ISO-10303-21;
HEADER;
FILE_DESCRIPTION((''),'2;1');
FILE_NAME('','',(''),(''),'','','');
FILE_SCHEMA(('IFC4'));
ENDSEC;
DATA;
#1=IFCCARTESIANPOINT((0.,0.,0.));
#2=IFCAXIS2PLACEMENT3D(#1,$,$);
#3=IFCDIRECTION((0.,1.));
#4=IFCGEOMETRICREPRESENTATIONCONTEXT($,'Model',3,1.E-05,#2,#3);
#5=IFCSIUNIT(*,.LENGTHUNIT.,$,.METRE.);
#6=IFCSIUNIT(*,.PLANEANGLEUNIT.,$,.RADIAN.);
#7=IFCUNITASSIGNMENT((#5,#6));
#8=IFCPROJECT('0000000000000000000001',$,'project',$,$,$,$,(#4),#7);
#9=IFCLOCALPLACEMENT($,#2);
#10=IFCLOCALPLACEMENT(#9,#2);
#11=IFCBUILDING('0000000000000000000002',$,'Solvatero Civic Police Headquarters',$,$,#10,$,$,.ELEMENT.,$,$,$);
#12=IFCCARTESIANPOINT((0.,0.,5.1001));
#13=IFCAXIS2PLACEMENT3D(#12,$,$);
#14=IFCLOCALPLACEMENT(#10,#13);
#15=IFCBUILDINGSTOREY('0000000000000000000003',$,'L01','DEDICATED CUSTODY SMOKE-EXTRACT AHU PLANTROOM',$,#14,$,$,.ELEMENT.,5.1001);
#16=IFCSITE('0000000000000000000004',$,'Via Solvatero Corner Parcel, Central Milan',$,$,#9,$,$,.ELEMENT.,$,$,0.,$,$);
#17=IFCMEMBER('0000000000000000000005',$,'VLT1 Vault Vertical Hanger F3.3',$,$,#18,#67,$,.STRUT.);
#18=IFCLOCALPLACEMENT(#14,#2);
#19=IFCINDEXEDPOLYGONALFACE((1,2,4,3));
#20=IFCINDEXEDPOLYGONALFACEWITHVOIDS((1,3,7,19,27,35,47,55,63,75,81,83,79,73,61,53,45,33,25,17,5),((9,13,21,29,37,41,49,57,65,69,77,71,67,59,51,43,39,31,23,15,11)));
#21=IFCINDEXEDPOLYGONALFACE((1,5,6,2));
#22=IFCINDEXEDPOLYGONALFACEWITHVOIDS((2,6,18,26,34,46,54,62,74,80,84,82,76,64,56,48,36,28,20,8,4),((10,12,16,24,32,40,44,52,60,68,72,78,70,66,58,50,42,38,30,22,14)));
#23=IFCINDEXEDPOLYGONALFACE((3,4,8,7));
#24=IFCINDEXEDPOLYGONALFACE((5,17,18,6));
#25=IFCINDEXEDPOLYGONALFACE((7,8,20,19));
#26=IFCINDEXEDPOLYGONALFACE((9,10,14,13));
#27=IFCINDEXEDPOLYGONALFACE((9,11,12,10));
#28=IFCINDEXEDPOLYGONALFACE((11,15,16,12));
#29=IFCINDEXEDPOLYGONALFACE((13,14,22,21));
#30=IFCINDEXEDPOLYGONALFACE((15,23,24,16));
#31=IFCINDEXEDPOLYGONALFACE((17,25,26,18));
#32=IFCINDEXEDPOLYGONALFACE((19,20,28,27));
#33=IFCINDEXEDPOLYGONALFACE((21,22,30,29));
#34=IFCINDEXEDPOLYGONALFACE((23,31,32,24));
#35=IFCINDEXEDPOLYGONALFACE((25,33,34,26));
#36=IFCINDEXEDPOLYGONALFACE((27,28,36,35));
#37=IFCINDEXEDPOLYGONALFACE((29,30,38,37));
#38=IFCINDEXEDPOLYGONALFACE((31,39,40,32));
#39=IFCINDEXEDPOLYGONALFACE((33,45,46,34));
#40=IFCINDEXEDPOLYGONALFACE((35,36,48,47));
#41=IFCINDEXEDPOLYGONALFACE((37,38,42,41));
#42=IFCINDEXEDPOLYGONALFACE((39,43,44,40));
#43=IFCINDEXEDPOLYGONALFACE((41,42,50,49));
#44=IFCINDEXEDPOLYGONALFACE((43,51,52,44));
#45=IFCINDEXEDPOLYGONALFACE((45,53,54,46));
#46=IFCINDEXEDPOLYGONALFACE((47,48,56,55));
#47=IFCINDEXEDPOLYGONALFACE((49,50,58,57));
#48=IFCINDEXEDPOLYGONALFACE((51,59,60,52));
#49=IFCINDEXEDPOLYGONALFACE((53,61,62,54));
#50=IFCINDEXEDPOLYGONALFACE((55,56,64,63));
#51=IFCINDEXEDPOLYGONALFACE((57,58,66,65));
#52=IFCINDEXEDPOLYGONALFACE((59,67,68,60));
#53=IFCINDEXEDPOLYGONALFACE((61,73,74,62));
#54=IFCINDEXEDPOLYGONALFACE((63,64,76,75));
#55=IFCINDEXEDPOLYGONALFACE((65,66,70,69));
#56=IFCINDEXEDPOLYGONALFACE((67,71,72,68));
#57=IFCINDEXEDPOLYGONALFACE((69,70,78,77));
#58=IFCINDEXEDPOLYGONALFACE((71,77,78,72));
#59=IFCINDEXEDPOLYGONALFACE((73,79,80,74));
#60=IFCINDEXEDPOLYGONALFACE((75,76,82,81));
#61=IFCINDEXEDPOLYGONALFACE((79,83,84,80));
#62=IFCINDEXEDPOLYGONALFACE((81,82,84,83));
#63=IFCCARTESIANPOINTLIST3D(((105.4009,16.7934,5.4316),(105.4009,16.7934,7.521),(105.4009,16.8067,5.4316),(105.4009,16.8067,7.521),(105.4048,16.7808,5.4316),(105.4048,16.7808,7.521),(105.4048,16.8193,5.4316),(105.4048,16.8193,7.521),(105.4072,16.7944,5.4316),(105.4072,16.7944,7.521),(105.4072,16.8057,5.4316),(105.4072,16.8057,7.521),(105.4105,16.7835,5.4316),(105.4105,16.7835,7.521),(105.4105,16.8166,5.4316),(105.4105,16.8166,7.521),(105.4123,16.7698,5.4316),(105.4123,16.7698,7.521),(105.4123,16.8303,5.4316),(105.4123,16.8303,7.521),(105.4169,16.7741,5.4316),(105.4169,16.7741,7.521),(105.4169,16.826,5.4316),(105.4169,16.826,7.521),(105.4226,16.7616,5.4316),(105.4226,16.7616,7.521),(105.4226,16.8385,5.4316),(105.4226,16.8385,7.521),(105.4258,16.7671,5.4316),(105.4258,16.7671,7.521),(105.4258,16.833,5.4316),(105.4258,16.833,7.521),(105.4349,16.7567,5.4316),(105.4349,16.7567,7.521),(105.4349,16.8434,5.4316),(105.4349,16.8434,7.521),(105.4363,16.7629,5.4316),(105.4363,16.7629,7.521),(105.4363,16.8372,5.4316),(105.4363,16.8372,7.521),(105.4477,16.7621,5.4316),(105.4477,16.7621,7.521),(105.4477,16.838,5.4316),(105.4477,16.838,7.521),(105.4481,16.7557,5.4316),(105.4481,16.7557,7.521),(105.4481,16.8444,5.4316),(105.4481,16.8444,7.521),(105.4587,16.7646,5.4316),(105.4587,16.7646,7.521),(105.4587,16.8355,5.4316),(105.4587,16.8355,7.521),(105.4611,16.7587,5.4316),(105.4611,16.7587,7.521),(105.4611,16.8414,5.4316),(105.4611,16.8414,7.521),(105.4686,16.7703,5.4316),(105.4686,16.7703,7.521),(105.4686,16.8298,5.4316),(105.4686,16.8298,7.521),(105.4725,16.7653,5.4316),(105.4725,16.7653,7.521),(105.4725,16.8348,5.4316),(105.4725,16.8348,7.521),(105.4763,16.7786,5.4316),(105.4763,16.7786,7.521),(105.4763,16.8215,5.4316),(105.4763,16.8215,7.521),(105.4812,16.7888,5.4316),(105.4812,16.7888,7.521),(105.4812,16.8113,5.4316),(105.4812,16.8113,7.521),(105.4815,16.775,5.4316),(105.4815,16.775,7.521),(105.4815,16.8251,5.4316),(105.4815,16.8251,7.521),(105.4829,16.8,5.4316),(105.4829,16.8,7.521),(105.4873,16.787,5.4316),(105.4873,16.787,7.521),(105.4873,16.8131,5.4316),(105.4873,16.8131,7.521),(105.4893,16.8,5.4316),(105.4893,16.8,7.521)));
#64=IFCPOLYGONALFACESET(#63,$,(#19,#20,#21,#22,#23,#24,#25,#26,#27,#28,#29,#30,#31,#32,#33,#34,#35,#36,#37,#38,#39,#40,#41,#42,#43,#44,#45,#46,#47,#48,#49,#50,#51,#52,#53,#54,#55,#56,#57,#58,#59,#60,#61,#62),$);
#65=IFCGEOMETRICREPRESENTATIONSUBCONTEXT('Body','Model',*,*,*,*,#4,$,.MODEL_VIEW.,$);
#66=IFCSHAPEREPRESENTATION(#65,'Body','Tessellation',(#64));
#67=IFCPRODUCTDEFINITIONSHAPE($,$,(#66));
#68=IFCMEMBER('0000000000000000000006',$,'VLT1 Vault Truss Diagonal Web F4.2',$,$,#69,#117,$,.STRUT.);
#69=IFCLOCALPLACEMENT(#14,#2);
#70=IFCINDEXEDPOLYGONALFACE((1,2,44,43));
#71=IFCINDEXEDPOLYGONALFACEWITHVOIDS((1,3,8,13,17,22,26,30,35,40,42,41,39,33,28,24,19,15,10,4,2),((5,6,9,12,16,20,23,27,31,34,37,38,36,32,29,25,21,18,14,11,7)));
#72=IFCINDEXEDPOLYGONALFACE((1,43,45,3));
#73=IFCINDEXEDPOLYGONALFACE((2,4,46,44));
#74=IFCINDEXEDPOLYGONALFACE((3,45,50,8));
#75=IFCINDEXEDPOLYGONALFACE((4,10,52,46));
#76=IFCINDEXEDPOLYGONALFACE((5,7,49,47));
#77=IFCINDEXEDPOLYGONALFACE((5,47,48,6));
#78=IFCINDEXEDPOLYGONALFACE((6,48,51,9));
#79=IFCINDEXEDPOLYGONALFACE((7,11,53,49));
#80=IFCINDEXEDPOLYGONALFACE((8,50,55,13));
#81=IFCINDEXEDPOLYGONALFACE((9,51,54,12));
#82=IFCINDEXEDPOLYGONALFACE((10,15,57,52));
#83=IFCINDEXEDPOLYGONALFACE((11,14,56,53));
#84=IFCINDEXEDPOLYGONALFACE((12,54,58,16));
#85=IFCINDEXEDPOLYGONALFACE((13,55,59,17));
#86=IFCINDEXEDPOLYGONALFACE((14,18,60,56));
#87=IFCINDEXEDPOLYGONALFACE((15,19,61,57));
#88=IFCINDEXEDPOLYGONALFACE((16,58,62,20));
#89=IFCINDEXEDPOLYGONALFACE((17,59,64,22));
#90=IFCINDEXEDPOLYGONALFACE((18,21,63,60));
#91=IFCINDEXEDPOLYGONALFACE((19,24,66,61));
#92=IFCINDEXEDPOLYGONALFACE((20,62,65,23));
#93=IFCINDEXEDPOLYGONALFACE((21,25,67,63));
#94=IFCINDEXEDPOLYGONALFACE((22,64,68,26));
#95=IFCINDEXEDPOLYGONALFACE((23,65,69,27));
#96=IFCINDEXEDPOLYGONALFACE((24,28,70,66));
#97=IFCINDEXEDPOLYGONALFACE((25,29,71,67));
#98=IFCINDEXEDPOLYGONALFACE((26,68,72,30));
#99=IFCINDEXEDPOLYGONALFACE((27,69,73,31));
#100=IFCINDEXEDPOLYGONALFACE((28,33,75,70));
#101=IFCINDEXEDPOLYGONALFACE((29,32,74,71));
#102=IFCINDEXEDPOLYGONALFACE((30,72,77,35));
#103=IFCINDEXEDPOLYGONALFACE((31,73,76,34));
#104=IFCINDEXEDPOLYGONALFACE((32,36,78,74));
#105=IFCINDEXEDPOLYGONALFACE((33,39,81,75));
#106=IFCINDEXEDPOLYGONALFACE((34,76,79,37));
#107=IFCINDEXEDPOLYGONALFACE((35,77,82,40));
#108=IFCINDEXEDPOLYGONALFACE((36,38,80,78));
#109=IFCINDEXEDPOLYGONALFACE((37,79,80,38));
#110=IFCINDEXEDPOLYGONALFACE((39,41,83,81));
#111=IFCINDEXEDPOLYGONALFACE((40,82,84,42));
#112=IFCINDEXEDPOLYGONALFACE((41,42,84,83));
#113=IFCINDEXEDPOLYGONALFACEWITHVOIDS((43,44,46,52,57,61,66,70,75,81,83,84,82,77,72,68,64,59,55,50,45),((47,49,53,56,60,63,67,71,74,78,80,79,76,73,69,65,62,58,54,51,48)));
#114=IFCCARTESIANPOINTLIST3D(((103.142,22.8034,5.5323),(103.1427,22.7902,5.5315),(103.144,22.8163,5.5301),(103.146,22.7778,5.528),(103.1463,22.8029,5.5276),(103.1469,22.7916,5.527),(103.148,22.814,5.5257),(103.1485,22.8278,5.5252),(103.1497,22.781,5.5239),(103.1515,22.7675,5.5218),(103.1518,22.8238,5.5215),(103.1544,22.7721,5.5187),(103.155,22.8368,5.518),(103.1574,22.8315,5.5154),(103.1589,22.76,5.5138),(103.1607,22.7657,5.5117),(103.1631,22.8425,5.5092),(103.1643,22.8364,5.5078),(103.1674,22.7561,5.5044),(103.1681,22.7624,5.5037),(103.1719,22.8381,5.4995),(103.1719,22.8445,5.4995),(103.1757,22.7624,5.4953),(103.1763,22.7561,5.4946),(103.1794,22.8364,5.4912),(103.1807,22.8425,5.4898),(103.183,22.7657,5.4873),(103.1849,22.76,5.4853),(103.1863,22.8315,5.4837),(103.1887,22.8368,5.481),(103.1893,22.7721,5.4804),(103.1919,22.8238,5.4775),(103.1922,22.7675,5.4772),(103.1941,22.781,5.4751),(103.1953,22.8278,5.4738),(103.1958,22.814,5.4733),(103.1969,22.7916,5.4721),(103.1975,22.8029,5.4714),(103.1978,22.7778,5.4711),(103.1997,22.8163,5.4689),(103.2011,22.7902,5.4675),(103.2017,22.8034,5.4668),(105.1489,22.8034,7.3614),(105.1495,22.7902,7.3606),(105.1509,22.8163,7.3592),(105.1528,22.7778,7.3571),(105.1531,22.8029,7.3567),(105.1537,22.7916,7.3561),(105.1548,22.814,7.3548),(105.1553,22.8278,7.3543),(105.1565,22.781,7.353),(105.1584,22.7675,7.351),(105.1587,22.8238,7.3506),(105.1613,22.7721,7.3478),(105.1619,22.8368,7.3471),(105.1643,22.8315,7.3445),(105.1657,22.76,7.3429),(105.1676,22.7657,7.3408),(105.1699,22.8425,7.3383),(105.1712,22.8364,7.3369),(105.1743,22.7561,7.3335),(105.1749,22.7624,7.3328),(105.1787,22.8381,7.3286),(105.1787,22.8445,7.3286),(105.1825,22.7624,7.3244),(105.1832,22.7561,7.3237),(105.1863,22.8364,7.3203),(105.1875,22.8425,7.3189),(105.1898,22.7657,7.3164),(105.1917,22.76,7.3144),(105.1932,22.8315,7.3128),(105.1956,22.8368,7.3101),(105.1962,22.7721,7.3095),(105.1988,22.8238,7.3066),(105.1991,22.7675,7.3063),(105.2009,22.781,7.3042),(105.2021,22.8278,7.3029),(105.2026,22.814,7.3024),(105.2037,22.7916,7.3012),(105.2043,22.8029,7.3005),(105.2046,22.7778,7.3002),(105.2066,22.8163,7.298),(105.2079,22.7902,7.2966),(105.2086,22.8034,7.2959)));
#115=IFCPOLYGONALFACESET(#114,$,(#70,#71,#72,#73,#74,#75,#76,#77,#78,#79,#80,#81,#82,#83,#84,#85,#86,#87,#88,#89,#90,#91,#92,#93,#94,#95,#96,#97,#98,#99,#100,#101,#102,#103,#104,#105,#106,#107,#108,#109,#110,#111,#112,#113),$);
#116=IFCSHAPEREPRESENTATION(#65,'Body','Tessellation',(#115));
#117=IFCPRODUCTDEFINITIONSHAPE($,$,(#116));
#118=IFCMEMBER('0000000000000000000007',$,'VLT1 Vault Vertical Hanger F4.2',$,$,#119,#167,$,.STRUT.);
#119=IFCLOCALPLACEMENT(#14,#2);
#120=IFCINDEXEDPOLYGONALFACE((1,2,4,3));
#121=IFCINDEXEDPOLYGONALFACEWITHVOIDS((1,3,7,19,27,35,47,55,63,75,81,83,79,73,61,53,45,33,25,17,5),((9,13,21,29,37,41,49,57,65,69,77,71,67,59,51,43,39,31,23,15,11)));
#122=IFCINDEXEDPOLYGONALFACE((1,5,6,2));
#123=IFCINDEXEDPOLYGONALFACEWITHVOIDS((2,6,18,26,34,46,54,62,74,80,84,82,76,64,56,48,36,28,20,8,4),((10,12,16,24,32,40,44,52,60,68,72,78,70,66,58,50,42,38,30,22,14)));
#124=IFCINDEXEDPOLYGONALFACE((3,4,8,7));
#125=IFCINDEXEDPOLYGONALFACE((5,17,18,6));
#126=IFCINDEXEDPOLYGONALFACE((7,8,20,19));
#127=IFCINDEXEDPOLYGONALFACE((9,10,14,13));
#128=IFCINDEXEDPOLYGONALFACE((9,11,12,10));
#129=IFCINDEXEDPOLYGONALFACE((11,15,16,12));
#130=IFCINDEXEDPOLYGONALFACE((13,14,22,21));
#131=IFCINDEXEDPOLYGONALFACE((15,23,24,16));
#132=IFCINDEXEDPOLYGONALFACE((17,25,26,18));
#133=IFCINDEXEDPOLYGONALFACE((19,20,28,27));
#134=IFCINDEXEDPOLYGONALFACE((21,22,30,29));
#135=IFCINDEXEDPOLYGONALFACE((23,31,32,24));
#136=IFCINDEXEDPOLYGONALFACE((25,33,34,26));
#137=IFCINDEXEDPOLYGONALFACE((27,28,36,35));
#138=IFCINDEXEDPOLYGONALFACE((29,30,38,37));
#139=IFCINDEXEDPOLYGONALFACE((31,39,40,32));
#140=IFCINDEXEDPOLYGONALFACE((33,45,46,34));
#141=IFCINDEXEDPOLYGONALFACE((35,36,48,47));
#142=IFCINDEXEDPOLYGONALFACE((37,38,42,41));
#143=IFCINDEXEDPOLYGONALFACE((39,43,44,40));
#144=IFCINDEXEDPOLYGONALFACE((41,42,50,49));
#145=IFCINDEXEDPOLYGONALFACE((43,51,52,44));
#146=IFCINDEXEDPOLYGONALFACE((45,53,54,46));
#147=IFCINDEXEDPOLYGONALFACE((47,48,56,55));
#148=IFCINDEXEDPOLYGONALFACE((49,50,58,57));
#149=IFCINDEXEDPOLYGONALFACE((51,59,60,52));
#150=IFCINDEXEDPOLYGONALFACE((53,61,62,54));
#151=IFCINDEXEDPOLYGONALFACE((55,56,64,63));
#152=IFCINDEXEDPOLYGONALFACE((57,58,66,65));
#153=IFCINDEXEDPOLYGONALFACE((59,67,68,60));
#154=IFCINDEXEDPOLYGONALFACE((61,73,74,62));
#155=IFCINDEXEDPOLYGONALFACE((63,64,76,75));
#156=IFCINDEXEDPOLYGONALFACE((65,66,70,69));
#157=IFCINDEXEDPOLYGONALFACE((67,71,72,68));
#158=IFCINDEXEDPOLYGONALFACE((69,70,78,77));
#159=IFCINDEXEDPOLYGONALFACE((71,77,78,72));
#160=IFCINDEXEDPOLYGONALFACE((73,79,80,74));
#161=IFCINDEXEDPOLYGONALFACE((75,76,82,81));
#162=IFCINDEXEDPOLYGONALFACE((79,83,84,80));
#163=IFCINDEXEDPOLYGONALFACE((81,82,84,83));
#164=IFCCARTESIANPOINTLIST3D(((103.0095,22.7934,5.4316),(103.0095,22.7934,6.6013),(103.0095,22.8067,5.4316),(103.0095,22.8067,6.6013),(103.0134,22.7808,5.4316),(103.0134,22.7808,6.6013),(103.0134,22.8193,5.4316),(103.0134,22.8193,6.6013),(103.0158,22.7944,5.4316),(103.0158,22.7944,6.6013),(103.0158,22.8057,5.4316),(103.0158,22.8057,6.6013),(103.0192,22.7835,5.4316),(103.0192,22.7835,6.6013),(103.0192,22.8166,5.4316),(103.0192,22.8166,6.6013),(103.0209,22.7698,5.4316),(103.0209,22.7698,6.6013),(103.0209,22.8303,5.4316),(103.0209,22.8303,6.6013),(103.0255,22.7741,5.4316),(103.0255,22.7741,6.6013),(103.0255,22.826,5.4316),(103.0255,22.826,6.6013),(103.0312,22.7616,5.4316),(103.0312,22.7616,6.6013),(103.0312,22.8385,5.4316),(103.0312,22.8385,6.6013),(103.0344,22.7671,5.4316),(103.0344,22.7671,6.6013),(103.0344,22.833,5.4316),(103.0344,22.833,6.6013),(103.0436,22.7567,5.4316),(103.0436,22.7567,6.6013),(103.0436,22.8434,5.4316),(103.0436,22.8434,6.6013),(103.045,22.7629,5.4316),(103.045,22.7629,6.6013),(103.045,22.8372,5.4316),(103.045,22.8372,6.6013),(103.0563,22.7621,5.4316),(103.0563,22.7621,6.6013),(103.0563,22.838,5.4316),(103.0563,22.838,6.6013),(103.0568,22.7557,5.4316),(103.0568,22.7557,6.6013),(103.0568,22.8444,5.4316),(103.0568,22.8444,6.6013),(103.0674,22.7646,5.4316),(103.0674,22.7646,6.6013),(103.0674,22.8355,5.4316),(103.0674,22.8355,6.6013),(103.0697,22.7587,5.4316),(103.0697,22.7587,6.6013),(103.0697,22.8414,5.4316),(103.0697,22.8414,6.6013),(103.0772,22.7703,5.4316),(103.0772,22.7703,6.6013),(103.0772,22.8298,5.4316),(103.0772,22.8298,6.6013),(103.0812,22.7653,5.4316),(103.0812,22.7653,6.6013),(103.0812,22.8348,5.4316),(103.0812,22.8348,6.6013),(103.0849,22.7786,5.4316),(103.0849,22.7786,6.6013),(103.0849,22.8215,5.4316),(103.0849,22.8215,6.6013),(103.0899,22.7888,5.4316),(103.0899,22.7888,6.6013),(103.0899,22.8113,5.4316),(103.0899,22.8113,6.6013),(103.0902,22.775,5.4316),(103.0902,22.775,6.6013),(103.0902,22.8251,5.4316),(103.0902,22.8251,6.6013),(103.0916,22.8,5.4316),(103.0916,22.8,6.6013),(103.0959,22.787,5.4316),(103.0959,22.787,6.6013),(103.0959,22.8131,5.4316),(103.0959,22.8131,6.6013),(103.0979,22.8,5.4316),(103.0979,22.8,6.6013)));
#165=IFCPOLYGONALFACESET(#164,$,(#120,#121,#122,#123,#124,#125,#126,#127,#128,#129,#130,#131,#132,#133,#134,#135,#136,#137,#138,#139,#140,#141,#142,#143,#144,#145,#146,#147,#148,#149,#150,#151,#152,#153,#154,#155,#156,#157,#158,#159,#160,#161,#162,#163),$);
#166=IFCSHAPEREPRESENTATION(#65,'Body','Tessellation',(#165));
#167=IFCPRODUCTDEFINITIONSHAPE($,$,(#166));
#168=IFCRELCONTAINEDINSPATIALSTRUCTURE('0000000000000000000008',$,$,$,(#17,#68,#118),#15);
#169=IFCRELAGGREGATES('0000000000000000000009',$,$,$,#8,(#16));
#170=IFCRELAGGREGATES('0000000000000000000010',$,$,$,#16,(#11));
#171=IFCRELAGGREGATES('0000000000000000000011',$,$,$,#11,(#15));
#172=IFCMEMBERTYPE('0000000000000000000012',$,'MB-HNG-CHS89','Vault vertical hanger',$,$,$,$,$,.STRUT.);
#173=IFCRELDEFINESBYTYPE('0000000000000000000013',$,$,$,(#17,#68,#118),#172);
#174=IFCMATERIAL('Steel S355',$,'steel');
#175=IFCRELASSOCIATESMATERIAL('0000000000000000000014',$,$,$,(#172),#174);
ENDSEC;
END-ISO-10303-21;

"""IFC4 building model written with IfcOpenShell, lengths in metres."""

from ifc_helpers import new_model, si_unit, direction, frame, origin, origin_2d, place, context, subcontext, project, spatial, hollow_circle, extrude, material, material_profile, profile_set, type_object, element, save


model = new_model("IFC4")

# Units and contexts
model_context = context("Model", 3, precision=1e-05, world=origin(), true_north=direction((0.0, 1.0)))
body_context = subcontext(model_context, "Body", "Model", "MODEL_VIEW")
ifc_project = project(units=[si_unit("LENGTHUNIT", "METRE"), si_unit("PLANEANGLEUNIT", "RADIAN")], contexts=[model_context])

# Site, building, storey
site_placement = place(None, origin())
site = spatial("IfcSite", under=ifc_project, at=site_placement, Name="Via Solvatero Corner Parcel, Central Milan", CompositionType="ELEMENT", RefElevation=0.0)
building_placement = place(site_placement, origin())
building = spatial("IfcBuilding", under=site, at=building_placement, Name="Solvatero Civic Police Headquarters", CompositionType="ELEMENT")
storey_placement = place(building_placement, frame((0.0, 0.0, 5.1001)))
storey = spatial("IfcBuildingStorey", under=building, at=storey_placement, Name="L01", Description="DEDICATED CUSTODY SMOKE-EXTRACT AHU PLANTROOM", CompositionType="ELEMENT", Elevation=5.1001)

# Shared definitions
ifc_material = material(Name="Steel S355", Category="steel")

# Members
ifc_material_profile_1 = material_profile(ifc_material, hollow_circle(Radius=0.0444, WallThickness=0.0063, at=origin_2d()), Name="CHS 88.9x6.3")
ifc_profile_set_1 = profile_set([ifc_material_profile_1], Name="Steel S355")
member_type_1 = type_object("IfcMemberType", Name="MB-HNG-CHS89", Description="Vault vertical hanger", PredefinedType="STRUT", material=ifc_profile_set_1)
member_1_placement = place(storey_placement, frame((105.4448, 16.8, 5.4316), z_axis=(0.0, 0.0, 1.0), x_axis=(1.0, 0.0, 0.0)))
element("IfcMember", 1, at=member_1_placement, inside=storey, type_object=member_type_1, Name="VLT1 Vault Vertical Hanger F3.3", PredefinedType="STRUT", context=body_context, shape_type="SweptSolid", body=[
    extrude(hollow_circle(Radius=0.0444, WallThickness=0.0063, at=origin_2d()), origin(), (0.0, 0.0, 1.0), 2.0894),
])
member_2_placement = place(storey_placement, frame((103.1719, 22.8, 5.4995), z_axis=(0.739077, 0.0, 0.673621), x_axis=(0.0, 1.0, 0.0)))
element("IfcMember", 2, at=member_2_placement, inside=storey, type_object=member_type_1, Name="VLT1 Vault Truss Diagonal Web F4.2", PredefinedType="STRUT", context=body_context, shape_type="SweptSolid", body=[
    extrude(hollow_circle(Radius=0.0444, WallThickness=0.0063, at=origin_2d()), origin(), (0.0, 0.0, 1.0), 2.7153),
])
member_3_placement = place(storey_placement, frame((103.0535, 22.8, 5.4316), z_axis=(0.0, 0.0, 1.0), x_axis=(1.0, 0.0, 0.0)))
element("IfcMember", 3, at=member_3_placement, inside=storey, type_object=member_type_1, Name="VLT1 Vault Vertical Hanger F4.2", PredefinedType="STRUT", context=body_context, shape_type="SweptSolid", body=[
    extrude(hollow_circle(Radius=0.0444, WallThickness=0.0063, at=origin_2d()), origin(), (0.0, 0.0, 1.0), 1.1697),
])

save(model, "model.ifc")
